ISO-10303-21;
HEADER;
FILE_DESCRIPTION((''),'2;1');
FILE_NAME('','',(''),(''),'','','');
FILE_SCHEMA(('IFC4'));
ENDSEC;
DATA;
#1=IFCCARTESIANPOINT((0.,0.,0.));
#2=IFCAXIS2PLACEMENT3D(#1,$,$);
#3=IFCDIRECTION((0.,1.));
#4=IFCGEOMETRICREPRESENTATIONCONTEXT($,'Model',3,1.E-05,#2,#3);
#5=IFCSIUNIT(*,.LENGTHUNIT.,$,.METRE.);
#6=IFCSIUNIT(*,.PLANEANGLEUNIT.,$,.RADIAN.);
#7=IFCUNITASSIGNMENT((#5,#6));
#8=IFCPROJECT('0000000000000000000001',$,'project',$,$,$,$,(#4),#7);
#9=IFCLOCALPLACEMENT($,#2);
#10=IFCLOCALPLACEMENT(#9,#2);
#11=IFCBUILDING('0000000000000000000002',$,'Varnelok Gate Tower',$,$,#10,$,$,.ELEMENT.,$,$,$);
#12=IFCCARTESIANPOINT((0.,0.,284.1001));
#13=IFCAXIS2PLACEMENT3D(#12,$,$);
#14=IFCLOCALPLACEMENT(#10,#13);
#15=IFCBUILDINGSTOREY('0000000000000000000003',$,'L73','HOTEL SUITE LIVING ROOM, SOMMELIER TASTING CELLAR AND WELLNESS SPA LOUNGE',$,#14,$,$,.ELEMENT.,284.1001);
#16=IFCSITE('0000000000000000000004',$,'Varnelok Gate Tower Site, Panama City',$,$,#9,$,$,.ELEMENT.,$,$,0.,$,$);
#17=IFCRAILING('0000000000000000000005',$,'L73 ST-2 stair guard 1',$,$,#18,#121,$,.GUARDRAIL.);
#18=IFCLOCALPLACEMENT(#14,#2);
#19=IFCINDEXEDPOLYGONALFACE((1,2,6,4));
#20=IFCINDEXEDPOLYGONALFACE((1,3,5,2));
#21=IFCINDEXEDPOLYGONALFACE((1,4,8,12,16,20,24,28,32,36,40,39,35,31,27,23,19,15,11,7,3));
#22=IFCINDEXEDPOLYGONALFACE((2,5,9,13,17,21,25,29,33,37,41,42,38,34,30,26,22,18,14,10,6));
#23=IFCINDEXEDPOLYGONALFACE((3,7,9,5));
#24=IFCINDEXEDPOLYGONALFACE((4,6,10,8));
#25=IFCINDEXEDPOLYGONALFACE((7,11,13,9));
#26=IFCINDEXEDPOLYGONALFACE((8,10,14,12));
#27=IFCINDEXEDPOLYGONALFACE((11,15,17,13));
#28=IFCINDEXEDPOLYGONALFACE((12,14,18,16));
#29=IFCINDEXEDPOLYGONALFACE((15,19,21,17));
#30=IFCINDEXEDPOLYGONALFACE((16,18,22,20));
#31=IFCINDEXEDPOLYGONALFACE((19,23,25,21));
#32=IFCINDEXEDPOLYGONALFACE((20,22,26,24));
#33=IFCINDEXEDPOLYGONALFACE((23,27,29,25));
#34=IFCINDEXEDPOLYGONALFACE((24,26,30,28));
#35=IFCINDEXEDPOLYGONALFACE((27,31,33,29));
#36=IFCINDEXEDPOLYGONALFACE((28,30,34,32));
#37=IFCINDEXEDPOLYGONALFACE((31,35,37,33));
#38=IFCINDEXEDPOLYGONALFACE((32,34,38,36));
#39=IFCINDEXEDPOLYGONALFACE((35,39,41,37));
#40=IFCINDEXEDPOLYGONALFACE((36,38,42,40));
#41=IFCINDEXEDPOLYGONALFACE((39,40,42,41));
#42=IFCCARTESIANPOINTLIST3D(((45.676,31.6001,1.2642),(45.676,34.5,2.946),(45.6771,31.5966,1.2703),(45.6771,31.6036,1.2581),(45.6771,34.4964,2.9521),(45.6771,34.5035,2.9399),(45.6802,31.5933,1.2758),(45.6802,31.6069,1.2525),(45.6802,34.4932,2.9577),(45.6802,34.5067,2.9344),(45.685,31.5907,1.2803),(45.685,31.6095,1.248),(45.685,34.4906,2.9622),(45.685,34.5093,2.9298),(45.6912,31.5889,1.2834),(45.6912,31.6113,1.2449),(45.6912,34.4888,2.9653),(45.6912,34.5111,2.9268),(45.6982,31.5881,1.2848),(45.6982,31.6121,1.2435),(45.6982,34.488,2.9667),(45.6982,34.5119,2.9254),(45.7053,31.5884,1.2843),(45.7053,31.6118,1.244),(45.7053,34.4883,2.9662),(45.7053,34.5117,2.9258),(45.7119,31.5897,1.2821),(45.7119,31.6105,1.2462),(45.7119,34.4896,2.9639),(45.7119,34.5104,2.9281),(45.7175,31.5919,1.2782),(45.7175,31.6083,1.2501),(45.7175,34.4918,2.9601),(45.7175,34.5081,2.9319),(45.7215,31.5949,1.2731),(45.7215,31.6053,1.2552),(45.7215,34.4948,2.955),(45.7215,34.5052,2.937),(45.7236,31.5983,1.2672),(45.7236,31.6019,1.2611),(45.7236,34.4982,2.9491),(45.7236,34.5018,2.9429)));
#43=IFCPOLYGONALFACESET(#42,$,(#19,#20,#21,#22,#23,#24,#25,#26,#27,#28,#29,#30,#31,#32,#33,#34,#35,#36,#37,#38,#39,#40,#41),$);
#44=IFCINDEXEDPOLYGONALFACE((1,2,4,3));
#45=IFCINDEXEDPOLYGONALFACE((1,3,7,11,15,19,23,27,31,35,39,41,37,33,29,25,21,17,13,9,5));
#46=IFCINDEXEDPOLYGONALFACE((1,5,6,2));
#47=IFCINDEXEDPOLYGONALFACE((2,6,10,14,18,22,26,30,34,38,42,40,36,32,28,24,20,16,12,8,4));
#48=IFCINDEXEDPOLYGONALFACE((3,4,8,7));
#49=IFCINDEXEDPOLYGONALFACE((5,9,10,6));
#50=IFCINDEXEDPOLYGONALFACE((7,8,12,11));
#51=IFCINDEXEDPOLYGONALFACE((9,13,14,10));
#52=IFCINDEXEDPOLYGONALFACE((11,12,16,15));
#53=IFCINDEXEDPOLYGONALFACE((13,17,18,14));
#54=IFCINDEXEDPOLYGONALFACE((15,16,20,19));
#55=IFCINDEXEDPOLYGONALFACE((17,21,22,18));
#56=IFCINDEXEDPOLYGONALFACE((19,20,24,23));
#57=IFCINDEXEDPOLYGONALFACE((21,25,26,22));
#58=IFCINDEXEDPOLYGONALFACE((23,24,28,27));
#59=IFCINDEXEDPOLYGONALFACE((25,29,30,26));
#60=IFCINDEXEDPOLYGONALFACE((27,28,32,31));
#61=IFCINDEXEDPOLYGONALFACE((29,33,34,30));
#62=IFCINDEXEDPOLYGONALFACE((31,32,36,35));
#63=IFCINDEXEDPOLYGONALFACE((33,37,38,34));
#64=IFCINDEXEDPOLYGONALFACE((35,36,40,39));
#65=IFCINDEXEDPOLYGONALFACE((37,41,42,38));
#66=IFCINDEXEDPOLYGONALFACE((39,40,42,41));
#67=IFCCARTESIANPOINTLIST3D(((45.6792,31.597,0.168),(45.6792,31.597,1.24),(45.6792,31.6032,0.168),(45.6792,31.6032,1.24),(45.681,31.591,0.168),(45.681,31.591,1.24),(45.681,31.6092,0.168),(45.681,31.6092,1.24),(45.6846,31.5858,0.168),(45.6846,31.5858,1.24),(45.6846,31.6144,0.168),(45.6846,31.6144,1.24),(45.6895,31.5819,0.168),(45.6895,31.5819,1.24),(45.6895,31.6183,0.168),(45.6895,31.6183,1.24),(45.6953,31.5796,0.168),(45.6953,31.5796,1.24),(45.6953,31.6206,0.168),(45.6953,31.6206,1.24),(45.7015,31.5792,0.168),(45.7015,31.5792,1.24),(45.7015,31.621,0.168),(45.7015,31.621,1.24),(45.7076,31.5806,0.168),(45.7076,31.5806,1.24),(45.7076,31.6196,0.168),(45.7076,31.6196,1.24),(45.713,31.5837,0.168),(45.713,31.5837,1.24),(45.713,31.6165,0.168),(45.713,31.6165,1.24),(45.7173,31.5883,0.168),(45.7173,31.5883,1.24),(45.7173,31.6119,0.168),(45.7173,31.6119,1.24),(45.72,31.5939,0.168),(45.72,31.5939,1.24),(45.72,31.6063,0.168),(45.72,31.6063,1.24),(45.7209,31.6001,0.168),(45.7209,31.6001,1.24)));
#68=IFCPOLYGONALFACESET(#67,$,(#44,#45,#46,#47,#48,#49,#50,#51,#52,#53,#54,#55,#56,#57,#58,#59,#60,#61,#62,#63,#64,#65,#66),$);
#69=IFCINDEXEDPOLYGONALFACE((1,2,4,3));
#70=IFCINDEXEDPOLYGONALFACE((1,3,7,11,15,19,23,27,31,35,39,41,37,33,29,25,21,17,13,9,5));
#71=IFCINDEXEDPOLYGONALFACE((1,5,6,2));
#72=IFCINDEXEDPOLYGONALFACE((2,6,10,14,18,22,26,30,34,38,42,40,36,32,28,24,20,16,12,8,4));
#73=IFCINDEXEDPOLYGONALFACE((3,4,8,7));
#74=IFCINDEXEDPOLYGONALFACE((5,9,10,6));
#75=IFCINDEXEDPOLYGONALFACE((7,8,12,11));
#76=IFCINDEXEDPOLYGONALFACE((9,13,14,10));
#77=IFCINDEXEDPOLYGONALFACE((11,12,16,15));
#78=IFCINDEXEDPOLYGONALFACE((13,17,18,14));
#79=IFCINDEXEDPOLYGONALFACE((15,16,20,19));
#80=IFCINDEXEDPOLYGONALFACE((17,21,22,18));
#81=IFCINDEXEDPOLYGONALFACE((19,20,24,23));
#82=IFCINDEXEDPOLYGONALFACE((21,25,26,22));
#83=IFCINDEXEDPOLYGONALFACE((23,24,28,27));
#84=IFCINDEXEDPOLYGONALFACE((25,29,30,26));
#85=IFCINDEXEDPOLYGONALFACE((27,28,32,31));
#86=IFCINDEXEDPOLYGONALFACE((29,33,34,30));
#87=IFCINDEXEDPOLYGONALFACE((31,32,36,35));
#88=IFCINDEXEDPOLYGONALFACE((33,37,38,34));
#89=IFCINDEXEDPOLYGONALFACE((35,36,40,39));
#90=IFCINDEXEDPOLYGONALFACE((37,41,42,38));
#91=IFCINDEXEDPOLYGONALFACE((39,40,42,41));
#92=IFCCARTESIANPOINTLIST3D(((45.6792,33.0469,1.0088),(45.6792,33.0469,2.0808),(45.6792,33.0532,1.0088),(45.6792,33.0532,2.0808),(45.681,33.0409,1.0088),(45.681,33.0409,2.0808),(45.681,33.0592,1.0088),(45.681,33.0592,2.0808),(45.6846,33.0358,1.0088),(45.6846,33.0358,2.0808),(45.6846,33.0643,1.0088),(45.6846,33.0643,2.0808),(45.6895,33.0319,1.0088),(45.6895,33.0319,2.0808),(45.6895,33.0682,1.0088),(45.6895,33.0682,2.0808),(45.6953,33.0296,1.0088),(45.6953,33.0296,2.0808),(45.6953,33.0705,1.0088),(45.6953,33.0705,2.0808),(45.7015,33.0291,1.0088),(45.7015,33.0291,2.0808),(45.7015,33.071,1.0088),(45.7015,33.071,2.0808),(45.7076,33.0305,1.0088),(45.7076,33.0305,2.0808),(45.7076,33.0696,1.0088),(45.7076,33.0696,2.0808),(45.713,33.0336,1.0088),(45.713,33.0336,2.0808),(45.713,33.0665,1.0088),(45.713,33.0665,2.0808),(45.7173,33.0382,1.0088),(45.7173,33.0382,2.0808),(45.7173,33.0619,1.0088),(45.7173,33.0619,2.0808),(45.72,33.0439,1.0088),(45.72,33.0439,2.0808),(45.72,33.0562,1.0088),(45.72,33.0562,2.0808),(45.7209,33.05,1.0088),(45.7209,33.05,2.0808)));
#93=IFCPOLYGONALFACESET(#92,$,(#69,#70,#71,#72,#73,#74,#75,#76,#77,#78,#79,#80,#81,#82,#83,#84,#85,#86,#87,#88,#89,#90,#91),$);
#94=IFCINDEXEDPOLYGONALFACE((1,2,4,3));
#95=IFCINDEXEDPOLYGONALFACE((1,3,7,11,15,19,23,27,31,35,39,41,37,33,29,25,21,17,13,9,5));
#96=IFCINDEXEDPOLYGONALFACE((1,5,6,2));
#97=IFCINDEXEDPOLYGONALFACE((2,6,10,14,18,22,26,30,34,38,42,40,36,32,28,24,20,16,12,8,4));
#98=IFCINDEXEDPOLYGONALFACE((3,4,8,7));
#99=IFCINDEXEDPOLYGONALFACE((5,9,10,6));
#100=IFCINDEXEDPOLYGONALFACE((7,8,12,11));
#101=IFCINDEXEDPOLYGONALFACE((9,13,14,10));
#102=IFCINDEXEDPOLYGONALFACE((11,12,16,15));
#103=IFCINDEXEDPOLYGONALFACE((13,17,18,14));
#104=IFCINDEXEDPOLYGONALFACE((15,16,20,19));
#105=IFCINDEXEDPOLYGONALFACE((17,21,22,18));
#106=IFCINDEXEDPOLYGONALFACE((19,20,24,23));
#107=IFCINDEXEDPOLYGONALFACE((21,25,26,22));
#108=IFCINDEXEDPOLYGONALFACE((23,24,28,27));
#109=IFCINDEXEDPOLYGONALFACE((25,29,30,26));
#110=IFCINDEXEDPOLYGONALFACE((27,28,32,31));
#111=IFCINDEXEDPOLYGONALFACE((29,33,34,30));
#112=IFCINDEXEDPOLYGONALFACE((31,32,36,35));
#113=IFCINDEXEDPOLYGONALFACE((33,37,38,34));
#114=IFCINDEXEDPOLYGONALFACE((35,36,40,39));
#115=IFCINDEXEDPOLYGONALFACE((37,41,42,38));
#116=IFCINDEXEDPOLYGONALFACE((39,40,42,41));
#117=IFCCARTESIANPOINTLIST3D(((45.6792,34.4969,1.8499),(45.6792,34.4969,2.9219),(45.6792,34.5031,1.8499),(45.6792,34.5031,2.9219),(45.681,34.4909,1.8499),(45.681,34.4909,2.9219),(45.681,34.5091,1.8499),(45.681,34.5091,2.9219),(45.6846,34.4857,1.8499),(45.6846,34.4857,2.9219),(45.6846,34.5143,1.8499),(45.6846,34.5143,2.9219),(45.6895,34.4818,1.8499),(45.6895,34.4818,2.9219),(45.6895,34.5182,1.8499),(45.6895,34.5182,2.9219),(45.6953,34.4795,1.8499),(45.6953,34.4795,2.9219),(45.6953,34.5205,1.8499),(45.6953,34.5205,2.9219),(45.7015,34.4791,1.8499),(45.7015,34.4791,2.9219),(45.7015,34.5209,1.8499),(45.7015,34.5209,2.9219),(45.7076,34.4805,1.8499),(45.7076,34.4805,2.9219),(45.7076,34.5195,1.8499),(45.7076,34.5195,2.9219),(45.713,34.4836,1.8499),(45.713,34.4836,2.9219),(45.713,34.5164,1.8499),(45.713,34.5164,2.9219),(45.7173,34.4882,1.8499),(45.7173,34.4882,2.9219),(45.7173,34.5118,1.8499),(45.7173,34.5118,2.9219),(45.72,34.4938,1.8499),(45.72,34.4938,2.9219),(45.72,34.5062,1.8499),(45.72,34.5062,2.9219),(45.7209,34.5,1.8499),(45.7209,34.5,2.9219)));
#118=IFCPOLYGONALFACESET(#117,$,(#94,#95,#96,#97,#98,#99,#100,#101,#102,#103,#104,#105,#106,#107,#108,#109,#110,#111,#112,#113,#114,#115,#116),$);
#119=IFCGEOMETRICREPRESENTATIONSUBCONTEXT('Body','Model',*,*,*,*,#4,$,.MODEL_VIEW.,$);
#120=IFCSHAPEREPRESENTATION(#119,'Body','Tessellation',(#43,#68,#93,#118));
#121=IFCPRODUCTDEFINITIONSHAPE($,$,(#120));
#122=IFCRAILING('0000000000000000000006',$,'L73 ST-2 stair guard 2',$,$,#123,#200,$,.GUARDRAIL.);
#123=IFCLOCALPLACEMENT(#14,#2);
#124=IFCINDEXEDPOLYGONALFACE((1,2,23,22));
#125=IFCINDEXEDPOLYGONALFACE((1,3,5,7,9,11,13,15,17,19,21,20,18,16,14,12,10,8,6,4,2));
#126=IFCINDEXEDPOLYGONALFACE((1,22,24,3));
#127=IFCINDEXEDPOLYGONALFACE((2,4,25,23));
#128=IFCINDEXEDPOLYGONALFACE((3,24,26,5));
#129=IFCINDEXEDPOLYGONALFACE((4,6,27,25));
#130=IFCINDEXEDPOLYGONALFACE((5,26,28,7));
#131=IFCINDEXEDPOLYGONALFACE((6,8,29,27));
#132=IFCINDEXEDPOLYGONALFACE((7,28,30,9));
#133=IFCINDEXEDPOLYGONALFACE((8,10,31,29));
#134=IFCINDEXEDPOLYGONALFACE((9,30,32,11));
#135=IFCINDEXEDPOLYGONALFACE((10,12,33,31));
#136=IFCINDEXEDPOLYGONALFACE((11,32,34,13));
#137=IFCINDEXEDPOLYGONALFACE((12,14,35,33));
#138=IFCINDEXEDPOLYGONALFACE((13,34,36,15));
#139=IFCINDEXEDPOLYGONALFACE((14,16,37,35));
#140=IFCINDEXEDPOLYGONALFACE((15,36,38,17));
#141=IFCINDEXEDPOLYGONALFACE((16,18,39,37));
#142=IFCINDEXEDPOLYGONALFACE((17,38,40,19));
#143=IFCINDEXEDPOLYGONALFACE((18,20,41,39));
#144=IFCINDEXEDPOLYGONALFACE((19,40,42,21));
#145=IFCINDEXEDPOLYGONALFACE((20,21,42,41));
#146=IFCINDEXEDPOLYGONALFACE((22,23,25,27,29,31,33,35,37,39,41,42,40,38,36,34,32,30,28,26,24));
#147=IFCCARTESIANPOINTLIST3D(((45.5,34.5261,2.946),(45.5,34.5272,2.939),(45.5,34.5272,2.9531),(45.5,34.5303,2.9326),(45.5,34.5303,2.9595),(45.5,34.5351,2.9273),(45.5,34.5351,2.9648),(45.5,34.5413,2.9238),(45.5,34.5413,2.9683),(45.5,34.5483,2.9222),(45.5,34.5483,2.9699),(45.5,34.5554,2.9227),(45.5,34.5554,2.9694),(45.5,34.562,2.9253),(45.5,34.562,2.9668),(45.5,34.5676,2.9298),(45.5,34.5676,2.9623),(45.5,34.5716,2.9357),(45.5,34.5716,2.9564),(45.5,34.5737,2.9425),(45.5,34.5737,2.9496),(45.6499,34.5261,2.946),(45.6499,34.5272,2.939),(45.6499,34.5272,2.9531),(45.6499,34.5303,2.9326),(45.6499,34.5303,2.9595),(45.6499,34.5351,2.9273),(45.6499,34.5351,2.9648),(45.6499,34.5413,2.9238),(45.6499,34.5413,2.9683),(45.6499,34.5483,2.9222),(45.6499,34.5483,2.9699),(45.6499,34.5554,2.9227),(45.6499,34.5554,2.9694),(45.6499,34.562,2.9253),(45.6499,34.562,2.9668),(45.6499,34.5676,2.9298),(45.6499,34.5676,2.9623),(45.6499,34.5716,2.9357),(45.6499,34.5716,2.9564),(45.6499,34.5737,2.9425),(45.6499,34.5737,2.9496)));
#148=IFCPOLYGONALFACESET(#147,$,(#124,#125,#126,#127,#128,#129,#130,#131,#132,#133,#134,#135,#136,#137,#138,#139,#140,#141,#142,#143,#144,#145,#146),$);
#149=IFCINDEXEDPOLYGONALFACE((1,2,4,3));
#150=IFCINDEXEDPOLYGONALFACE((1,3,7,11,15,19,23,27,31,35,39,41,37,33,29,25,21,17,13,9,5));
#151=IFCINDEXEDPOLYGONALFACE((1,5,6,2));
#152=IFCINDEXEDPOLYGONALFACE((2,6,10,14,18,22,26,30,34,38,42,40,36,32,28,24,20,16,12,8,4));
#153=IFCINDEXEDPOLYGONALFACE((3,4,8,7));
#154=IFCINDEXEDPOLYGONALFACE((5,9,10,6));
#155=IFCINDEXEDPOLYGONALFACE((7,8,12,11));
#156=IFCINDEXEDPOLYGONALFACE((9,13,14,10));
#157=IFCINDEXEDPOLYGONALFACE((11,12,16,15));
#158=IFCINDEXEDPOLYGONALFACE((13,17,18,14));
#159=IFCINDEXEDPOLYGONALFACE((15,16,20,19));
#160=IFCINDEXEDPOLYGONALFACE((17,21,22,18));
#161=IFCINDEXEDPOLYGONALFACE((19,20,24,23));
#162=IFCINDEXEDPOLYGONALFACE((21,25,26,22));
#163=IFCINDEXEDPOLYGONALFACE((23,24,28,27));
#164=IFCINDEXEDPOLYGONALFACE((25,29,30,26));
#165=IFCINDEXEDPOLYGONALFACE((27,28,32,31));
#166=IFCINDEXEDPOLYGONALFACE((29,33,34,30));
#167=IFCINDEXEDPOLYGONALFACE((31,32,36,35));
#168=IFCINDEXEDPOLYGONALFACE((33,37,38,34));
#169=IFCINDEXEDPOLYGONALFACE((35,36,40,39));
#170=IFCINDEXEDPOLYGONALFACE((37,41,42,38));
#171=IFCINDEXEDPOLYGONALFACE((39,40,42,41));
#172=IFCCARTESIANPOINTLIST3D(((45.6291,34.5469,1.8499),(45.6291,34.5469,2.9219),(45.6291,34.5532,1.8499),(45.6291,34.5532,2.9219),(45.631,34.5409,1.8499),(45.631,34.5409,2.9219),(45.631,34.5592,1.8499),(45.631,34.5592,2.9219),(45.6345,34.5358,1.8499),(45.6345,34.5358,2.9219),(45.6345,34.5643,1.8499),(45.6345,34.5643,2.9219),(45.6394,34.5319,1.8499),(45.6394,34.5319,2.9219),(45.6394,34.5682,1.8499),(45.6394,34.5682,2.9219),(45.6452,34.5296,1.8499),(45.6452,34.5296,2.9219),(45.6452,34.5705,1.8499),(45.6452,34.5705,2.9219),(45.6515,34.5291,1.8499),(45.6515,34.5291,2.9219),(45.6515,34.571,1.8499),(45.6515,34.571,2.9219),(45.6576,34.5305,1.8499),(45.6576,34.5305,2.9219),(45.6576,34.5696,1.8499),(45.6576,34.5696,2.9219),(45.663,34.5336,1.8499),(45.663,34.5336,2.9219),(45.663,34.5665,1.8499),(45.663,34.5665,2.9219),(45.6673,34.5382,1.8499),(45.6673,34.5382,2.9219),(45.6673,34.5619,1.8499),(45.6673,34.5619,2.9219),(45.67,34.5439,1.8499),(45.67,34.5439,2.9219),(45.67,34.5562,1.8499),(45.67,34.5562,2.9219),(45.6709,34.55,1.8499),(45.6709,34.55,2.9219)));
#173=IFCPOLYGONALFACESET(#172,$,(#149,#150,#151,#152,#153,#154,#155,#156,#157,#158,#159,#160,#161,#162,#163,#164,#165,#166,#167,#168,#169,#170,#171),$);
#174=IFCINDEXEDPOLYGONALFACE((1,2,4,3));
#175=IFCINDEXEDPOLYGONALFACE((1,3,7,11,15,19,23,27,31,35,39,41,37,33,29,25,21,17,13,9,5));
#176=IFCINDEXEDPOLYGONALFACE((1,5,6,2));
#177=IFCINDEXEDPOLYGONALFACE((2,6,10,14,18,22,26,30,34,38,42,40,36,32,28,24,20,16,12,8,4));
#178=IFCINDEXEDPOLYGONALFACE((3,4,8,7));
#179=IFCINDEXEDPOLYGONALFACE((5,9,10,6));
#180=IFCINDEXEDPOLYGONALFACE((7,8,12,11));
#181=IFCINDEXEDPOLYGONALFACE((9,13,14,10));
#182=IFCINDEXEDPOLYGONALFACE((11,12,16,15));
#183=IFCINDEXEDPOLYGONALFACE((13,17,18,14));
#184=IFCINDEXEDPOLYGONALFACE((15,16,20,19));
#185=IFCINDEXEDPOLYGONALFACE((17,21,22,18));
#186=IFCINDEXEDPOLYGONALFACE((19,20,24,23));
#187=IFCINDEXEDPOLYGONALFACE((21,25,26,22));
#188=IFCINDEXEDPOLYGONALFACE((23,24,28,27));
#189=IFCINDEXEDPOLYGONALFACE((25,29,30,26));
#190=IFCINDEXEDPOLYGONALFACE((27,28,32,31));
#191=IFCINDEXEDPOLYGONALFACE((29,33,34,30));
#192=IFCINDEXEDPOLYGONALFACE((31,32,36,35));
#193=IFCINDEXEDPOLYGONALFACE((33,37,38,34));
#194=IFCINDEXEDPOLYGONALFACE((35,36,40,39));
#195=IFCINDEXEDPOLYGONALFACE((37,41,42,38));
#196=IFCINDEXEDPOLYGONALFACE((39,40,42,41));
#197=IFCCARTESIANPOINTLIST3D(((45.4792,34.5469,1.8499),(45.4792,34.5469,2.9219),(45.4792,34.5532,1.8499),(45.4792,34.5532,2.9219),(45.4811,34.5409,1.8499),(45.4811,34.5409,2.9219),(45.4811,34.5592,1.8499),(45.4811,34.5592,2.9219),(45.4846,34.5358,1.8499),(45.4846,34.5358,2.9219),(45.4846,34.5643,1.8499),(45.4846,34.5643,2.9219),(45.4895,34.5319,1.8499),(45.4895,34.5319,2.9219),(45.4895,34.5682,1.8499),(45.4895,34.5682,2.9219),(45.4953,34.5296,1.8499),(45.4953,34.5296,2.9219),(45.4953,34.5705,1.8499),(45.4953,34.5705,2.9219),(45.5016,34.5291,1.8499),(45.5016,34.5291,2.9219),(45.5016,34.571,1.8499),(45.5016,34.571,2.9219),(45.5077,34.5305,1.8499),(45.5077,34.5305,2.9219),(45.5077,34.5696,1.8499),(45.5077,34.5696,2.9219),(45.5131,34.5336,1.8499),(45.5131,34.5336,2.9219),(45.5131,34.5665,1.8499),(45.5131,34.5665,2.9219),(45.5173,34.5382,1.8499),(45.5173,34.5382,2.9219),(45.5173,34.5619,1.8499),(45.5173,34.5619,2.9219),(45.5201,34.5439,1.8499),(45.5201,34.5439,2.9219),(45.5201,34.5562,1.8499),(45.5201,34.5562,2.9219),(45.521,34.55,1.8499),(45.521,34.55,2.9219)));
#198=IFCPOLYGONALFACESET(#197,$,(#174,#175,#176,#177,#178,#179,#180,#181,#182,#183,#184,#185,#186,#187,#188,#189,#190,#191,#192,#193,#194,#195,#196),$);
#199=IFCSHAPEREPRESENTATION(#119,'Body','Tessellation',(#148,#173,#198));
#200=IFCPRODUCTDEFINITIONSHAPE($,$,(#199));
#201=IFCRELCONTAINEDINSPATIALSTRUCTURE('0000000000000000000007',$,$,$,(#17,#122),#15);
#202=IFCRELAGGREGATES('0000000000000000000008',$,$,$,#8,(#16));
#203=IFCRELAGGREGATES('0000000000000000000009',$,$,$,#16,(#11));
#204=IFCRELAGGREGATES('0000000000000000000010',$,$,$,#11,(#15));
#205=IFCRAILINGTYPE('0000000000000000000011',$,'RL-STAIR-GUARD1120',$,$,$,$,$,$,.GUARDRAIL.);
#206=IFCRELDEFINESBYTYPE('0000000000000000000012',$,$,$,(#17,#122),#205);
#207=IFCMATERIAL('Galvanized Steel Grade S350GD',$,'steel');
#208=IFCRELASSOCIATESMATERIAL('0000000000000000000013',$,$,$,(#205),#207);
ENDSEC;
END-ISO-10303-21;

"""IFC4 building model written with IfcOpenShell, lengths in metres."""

from ifc_helpers import new_model, si_unit, direction, frame, origin, origin_2d, place, context, subcontext, project, spatial, circle, extrude, material, type_object, element, save


model = new_model("IFC4")

# Units and contexts
model_context = context("Model", 3, precision=1e-05, world=origin(), true_north=direction((0.0, 1.0)))
body_context = subcontext(model_context, "Body", "Model", "MODEL_VIEW")
ifc_project = project(units=[si_unit("LENGTHUNIT", "METRE"), si_unit("PLANEANGLEUNIT", "RADIAN")], contexts=[model_context])

# Site, building, storey
site_placement = place(None, origin())
site = spatial("IfcSite", under=ifc_project, at=site_placement, Name="Varnelok Gate Tower Site, Panama City", CompositionType="ELEMENT", RefElevation=0.0)
building_placement = place(site_placement, origin())
building = spatial("IfcBuilding", under=site, at=building_placement, Name="Varnelok Gate Tower", CompositionType="ELEMENT")
storey_placement = place(building_placement, frame((0.0, 0.0, 284.1001)))
storey = spatial("IfcBuildingStorey", under=building, at=storey_placement, Name="L73", Description="HOTEL SUITE LIVING ROOM, SOMMELIER TASTING CELLAR AND WELLNESS SPA LOUNGE", CompositionType="ELEMENT", Elevation=284.1001)

# Shared definitions
ifc_material_1 = material(Name="Galvanized Steel Grade S350GD", Category="steel")

# Railings
railing_type_1 = type_object("IfcRailingType", Name="RL-STAIR-GUARD1120", PredefinedType="GUARDRAIL", material=ifc_material_1)
railing_1_placement = place(storey_placement, frame((45.7, 31.6001, 0.168)))
element("IfcRailing", 1, at=railing_1_placement, inside=storey, type_object=railing_type_1, Name="L73 ST-2 stair guard 1", PredefinedType="GUARDRAIL", context=body_context, shape_type="SweptSolid", body=[
    extrude(circle(Radius=0.0239, at=origin_2d()), frame((0.0, 0.0, 1.0962), z_axis=(0.0, 0.865039, 0.501705), x_axis=(-1.0, 0.0, 0.0)), (0.0, 0.0, 1.0), 3.3523),
    extrude(circle(Radius=0.021, at=origin_2d()), origin(), (0.0, 0.0, 1.0), 1.072),
    extrude(circle(Radius=0.021, at=origin_2d()), frame((0.0, 1.45, 0.8408)), (0.0, 0.0, 1.0), 1.072),
    extrude(circle(Radius=0.021, at=origin_2d()), frame((0.0, 2.8999, 1.6819)), (0.0, 0.0, 1.0), 1.072),
])
railing_2_placement = place(storey_placement, frame((45.6499, 34.55, 1.8499)))
element("IfcRailing", 2, at=railing_2_placement, inside=storey, type_object=railing_type_1, Name="L73 ST-2 stair guard 2", PredefinedType="GUARDRAIL", context=body_context, shape_type="SweptSolid", body=[
    extrude(circle(Radius=0.0239, at=origin_2d()), frame((0.0, 0.0, 1.0962), z_axis=(-1.0, 0.0, 0.0), x_axis=(0.0, -1.0, 0.0)), (0.0, 0.0, 1.0), 0.1499),
    extrude(circle(Radius=0.021, at=origin_2d()), origin(), (0.0, 0.0, 1.0), 1.072),
    extrude(circle(Radius=0.021, at=origin_2d()), frame((-0.1499, 0.0, 0.0)), (0.0, 0.0, 1.0), 1.072),
])

save(model, "model.ifc")
